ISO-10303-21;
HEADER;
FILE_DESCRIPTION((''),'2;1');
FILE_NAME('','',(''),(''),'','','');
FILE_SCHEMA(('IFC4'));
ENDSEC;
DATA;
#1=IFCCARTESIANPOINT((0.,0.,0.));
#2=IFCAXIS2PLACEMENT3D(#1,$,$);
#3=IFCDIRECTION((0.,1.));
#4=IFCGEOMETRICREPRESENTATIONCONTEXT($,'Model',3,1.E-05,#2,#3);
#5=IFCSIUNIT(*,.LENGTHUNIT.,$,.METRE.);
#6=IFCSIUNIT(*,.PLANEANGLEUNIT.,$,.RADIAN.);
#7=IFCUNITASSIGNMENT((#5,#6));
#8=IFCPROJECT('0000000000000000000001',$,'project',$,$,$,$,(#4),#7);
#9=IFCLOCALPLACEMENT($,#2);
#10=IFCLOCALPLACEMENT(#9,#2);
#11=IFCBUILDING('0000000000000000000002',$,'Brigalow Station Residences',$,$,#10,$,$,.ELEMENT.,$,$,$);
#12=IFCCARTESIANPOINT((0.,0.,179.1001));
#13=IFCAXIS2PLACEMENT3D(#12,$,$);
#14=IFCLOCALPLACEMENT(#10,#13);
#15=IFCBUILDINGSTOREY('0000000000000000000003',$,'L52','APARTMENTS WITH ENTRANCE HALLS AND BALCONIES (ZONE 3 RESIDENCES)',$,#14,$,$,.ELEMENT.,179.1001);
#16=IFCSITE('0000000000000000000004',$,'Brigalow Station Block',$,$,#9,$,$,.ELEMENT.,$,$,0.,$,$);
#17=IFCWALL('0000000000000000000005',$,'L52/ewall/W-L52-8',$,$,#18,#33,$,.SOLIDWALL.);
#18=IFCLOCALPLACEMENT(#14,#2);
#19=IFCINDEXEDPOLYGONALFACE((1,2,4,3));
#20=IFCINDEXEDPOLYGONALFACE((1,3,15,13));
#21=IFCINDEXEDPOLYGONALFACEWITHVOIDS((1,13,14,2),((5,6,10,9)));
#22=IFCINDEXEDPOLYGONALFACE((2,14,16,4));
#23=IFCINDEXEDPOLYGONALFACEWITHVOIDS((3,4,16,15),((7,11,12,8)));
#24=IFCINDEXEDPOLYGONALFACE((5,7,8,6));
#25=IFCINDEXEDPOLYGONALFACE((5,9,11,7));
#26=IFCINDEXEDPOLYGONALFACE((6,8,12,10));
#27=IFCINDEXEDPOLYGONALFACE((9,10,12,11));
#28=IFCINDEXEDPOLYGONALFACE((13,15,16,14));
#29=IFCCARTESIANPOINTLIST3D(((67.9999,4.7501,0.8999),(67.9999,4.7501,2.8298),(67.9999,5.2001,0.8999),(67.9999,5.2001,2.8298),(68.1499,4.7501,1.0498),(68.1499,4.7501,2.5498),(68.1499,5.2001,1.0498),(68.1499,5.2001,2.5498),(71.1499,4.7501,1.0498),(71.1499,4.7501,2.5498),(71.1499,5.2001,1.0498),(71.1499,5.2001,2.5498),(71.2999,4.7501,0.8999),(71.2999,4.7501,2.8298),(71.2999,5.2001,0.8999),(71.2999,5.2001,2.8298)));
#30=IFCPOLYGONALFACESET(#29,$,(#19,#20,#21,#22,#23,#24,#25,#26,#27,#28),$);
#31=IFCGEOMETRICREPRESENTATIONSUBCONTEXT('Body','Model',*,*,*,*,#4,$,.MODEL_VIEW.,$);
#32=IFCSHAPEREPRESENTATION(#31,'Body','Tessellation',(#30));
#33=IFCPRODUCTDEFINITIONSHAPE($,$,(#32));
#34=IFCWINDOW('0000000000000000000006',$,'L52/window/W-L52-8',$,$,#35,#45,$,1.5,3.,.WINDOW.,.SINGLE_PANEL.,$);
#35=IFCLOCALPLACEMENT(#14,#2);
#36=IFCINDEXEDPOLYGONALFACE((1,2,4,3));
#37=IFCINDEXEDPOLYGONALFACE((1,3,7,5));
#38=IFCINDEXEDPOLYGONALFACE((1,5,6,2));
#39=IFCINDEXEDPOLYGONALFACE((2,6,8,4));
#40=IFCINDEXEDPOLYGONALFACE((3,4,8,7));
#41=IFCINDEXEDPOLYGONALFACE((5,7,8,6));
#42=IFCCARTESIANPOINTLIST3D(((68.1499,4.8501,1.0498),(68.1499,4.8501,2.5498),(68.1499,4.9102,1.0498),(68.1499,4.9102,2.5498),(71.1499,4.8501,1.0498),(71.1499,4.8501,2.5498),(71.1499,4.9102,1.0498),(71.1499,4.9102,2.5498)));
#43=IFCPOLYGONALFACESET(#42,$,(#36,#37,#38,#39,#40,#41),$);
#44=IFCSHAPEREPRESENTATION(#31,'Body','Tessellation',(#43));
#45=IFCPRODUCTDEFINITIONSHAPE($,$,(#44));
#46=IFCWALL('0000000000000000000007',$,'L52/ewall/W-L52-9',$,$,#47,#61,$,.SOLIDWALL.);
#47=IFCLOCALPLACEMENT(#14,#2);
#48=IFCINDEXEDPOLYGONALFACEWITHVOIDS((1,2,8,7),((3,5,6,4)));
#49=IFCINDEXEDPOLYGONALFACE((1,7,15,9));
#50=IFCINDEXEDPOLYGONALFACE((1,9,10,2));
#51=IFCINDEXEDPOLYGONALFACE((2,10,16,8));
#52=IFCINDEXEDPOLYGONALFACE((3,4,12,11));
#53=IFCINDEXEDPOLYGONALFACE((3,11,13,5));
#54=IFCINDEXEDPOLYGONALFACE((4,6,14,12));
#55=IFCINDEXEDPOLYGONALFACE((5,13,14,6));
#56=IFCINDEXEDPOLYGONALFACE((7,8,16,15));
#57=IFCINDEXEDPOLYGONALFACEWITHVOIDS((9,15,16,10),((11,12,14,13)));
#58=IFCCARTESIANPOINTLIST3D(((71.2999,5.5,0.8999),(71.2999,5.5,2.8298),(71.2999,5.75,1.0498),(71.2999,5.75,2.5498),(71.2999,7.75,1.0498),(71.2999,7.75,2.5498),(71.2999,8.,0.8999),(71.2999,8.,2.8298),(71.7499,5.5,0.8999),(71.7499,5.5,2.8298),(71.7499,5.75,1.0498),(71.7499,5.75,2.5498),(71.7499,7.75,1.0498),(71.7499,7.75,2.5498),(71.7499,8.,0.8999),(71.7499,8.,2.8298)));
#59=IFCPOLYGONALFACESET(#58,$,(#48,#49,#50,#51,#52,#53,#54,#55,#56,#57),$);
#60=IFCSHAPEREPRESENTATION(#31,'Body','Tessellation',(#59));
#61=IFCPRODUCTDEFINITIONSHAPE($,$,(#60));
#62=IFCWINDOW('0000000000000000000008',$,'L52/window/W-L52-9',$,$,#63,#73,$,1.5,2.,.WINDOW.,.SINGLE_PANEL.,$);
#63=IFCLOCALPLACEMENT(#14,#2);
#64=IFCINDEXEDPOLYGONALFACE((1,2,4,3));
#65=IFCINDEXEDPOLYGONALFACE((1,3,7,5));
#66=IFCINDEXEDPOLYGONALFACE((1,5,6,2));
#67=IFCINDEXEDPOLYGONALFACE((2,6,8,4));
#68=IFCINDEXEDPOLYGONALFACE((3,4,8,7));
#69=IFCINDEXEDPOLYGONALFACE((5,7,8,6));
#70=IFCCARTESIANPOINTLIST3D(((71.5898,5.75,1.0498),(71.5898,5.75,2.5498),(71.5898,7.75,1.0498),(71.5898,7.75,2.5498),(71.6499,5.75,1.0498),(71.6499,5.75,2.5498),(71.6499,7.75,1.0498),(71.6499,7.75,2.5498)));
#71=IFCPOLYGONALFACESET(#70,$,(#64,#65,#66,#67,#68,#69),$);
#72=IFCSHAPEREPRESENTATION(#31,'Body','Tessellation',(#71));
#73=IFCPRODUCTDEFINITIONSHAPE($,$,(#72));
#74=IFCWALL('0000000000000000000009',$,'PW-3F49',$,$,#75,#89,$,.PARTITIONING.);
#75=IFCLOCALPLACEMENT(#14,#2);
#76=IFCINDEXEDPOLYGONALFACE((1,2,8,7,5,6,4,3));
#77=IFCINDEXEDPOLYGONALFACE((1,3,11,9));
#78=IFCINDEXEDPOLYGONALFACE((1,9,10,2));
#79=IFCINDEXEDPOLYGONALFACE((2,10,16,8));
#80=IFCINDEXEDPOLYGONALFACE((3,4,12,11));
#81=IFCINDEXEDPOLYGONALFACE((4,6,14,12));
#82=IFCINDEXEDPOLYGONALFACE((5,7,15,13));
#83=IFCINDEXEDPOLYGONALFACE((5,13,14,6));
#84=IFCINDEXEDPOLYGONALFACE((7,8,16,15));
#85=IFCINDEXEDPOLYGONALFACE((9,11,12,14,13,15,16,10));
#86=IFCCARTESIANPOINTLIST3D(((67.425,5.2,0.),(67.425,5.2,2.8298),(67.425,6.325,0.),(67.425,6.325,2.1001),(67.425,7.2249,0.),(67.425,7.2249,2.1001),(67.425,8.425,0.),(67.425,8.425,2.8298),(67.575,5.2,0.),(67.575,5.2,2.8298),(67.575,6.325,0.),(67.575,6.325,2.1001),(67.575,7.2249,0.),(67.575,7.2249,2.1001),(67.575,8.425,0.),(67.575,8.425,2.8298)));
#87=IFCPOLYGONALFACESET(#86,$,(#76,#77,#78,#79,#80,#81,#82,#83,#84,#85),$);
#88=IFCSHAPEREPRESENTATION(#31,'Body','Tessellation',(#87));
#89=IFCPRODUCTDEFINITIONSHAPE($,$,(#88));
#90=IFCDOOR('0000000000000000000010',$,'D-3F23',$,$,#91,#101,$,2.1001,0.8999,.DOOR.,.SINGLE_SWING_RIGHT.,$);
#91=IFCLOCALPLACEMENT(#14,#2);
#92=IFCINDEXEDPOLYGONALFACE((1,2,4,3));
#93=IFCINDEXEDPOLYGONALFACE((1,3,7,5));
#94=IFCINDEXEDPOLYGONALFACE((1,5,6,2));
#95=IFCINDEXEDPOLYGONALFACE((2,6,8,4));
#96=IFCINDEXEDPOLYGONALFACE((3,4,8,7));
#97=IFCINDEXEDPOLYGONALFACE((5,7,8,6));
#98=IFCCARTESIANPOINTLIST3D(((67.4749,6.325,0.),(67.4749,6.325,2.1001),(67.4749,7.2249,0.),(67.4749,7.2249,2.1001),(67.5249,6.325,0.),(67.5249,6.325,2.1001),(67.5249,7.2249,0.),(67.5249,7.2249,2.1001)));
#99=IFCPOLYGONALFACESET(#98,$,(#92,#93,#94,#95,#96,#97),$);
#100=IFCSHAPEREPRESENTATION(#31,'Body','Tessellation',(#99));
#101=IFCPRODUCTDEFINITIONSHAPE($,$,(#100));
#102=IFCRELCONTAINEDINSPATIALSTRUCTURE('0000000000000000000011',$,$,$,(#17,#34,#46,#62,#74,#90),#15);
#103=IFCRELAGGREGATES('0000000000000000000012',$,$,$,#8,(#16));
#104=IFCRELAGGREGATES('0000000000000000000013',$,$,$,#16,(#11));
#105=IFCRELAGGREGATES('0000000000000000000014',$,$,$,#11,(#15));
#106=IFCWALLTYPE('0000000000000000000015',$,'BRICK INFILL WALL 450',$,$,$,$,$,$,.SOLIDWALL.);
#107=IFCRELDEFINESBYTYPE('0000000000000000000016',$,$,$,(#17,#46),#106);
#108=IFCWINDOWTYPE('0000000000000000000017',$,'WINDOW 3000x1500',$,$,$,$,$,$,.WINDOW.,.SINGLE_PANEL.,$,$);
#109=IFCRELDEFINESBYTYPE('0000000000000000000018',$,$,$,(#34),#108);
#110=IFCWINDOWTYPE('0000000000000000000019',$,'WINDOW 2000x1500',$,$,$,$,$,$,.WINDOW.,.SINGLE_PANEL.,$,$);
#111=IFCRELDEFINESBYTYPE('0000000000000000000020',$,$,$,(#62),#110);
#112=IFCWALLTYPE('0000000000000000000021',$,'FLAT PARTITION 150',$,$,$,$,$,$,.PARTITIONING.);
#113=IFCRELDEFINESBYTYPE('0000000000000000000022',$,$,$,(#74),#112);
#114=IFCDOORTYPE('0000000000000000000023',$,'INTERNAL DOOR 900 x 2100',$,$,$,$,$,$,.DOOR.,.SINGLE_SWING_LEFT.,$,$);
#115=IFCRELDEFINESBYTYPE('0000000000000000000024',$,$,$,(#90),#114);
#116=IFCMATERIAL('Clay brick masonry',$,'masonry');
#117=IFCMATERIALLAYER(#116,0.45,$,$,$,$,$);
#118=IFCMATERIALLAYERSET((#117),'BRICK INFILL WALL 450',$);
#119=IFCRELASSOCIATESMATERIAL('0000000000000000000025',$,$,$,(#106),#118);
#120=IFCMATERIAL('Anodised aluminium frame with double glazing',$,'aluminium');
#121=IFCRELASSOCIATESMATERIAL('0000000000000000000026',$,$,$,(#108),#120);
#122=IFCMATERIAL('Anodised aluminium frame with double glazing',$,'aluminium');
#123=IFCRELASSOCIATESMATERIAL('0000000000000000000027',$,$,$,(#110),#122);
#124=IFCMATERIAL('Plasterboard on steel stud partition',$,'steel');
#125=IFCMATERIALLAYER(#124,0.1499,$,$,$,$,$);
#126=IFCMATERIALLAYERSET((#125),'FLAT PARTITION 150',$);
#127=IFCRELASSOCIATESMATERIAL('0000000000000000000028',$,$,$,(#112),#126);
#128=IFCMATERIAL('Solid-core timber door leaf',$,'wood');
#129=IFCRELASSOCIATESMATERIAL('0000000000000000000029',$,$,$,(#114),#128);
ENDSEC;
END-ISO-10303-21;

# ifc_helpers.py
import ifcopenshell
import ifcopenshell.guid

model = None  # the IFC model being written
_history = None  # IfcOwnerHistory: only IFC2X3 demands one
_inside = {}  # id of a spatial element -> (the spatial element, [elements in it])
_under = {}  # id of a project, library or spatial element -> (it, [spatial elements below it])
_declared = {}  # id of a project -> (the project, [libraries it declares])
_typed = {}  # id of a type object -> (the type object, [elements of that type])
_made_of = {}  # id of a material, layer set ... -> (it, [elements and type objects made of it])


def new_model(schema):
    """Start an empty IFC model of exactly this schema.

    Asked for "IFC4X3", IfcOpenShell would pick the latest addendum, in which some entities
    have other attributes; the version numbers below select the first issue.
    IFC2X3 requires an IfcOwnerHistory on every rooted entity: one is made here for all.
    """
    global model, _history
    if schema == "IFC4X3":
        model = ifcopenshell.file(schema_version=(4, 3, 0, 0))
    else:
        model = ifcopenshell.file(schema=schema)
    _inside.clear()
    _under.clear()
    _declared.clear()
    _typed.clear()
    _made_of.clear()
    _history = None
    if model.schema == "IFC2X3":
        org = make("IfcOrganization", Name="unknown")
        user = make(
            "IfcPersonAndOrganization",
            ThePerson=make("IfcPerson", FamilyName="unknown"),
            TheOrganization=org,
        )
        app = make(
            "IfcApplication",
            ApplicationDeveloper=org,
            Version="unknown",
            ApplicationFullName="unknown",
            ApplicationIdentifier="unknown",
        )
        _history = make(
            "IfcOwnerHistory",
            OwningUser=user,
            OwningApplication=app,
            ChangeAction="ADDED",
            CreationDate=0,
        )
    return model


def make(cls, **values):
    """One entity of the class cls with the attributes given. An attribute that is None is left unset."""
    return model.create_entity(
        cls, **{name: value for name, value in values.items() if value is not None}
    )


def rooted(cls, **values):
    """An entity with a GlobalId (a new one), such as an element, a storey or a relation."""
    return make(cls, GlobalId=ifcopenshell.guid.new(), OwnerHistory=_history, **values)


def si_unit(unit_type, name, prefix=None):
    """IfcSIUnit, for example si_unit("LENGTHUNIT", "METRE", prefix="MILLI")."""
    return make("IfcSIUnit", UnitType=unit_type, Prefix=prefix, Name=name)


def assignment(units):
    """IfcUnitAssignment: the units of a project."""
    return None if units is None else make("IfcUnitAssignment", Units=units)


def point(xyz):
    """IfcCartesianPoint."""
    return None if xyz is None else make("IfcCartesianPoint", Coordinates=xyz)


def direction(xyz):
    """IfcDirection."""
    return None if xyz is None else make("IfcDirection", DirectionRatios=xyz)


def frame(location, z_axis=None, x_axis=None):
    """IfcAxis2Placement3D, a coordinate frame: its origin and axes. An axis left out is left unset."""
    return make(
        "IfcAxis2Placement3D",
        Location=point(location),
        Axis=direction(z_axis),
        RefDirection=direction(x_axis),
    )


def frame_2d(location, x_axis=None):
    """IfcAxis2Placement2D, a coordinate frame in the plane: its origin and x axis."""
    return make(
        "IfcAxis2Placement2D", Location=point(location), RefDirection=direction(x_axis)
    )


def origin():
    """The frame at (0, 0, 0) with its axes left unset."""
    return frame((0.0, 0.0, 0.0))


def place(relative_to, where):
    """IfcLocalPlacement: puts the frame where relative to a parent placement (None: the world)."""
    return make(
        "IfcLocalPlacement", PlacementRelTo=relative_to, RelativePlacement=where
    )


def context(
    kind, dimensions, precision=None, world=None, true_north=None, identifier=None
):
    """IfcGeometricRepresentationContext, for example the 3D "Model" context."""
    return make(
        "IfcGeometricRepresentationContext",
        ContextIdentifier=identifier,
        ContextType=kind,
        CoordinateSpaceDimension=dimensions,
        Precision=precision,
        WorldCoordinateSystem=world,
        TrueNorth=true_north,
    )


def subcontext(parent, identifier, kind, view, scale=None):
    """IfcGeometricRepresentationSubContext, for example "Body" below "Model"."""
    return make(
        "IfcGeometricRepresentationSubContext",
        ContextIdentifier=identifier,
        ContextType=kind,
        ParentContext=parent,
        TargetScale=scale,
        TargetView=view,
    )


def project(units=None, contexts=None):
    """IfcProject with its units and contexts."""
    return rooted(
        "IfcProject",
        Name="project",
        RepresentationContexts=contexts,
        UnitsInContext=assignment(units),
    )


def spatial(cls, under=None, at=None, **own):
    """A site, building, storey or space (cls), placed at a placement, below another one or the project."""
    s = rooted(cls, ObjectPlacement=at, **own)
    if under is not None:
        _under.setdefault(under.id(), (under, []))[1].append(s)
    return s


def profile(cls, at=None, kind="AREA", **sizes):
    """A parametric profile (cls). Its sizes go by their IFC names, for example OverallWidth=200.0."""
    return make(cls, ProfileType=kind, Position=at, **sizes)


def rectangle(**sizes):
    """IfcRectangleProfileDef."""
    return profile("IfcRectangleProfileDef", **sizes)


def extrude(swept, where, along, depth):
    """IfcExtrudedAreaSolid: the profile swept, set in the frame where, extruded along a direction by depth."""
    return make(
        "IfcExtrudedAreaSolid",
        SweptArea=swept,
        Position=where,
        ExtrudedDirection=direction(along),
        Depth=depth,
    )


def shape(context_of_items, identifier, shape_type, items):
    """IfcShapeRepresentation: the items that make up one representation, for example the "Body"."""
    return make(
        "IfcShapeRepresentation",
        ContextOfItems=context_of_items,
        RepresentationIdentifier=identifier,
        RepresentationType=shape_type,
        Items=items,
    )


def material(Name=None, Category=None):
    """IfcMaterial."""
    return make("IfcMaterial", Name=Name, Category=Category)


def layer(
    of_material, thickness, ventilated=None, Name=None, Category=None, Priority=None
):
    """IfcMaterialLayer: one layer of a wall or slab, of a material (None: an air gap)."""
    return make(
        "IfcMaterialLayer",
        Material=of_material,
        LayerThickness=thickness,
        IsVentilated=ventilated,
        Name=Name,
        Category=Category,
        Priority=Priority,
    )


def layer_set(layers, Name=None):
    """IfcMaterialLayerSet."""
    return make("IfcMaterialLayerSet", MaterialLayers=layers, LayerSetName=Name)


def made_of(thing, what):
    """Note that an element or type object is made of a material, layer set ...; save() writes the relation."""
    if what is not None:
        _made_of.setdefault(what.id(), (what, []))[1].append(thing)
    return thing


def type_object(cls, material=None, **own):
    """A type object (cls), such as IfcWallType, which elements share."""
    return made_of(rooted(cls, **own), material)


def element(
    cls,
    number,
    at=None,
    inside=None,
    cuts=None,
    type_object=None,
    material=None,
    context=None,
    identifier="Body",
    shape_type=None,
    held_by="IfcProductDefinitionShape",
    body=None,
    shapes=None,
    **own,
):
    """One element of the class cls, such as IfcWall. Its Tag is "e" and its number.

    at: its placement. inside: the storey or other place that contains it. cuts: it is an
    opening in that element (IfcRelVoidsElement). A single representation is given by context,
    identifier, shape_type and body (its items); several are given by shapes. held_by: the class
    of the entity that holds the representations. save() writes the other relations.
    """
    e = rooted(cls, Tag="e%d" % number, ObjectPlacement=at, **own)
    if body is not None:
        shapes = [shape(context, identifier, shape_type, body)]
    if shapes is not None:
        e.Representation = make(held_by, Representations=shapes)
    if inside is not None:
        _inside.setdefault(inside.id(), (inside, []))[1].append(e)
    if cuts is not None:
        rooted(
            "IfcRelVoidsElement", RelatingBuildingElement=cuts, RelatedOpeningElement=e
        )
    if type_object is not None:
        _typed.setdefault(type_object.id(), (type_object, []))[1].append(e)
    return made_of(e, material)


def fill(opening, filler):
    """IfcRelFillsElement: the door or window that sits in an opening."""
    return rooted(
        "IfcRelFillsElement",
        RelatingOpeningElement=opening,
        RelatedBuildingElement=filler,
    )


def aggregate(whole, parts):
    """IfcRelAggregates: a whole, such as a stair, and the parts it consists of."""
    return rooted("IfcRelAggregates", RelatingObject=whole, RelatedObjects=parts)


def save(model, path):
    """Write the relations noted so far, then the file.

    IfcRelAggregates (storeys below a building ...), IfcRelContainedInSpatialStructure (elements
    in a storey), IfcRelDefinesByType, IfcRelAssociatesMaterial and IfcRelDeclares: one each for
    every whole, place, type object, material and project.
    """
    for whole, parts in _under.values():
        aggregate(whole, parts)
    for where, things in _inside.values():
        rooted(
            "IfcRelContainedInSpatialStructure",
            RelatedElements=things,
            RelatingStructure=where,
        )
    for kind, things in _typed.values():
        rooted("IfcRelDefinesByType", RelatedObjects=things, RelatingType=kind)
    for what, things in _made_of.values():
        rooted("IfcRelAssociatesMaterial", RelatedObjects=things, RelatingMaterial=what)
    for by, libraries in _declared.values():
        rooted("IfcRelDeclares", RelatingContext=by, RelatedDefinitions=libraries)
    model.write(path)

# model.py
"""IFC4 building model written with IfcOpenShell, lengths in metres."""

from ifc_helpers import new_model, si_unit, direction, frame, frame_2d, origin, place, context, subcontext, project, spatial, rectangle, extrude, material, layer, layer_set, type_object, element, fill, save


model = new_model("IFC4")

# Units and contexts
model_context = context("Model", 3, precision=1e-05, world=origin(), true_north=direction((0.0, 1.0)))
body_context = subcontext(model_context, "Body", "Model", "MODEL_VIEW")
ifc_project = project(units=[si_unit("LENGTHUNIT", "METRE"), si_unit("PLANEANGLEUNIT", "RADIAN")], contexts=[model_context])

# Site, building, storey
site_placement = place(None, origin())
site = spatial("IfcSite", under=ifc_project, at=site_placement, Name="Brigalow Station Block", CompositionType="ELEMENT", RefElevation=0.0)
building_placement = place(site_placement, origin())
building = spatial("IfcBuilding", under=site, at=building_placement, Name="Brigalow Station Residences", CompositionType="ELEMENT")
storey_placement = place(building_placement, frame((0.0, 0.0, 179.1001)))
storey = spatial("IfcBuildingStorey", under=building, at=storey_placement, Name="L52", Description="APARTMENTS WITH ENTRANCE HALLS AND BALCONIES (ZONE 3 RESIDENCES)", CompositionType="ELEMENT", Elevation=179.1001)

# Walls, openings, windows
ifc_material_1 = material(Name="Clay brick masonry", Category="masonry")
ifc_layer_1 = layer(ifc_material_1, 0.45)
ifc_layer_set_1 = layer_set([ifc_layer_1], Name="BRICK INFILL WALL 450")
wall_type_1 = type_object("IfcWallType", Name="BRICK INFILL WALL 450", PredefinedType="SOLIDWALL", material=ifc_layer_set_1)
wall_1_placement = place(storey_placement, frame((68.0, 4.9751, 0.8999), z_axis=(0.0, 0.0, 1.0), x_axis=(1.0, 0.0, 0.0)))
wall_1 = element("IfcWall", 1, at=wall_1_placement, inside=storey, type_object=wall_type_1, Name="L52/ewall/W-L52-8", PredefinedType="SOLIDWALL", context=body_context, shape_type="SweptSolid", body=[
    extrude(rectangle(XDim=3.3, YDim=0.45, at=frame_2d((1.6499, 0.0))), origin(), (0.0, 0.0, 1.0), 1.9299),
])
opening_1_placement = place(wall_1_placement, frame((0.1499, 0.0, 0.1499)))
opening_1 = element("IfcOpeningElement", 2, at=opening_1_placement, cuts=wall_1, PredefinedType="OPENING", context=body_context, shape_type="SweptSolid", body=[
    extrude(rectangle(XDim=3.0, YDim=1.5, at=frame_2d((1.5, 0.75))), frame((0.0, 0.2349, 0.0), z_axis=(0.0, -1.0, 0.0), x_axis=(1.0, 0.0, 0.0)), (0.0, 0.0, 1.0), 0.47),
])
ifc_material_2 = material(Name="Anodised aluminium frame with double glazing", Category="aluminium")
window_type_1 = type_object("IfcWindowType", Name="WINDOW 3000x1500", PartitioningType="SINGLE_PANEL", PredefinedType="WINDOW", material=ifc_material_2)
window_1_placement = place(opening_1_placement, origin())
window_1 = element("IfcWindow", 3, at=window_1_placement, inside=storey, type_object=window_type_1, Name="L52/window/W-L52-8", OverallHeight=1.5, OverallWidth=3.0, PartitioningType="SINGLE_PANEL", PredefinedType="WINDOW", context=body_context, shape_type="SweptSolid", body=[
    extrude(rectangle(XDim=3.0, YDim=1.5, at=frame_2d((1.5, 0.75))), frame((0.0, -0.0649, 0.0), z_axis=(0.0, -1.0, 0.0), x_axis=(1.0, 0.0, 0.0)), (0.0, 0.0, 1.0), 0.0601),
])
fill(opening_1, window_1)
wall_2_placement = place(storey_placement, frame((71.5249, 5.5, 0.8999), z_axis=(0.0, 0.0, 1.0), x_axis=(0.0, 1.0, 0.0)))
wall_2 = element("IfcWall", 4, at=wall_2_placement, inside=storey, type_object=wall_type_1, Name="L52/ewall/W-L52-9", PredefinedType="SOLIDWALL", context=body_context, shape_type="SweptSolid", body=[
    extrude(rectangle(XDim=2.5, YDim=0.45, at=frame_2d((1.25, 0.0))), origin(), (0.0, 0.0, 1.0), 1.9299),
])
opening_2_placement = place(wall_2_placement, frame((0.25, 0.0, 0.1499)))
opening_2 = element("IfcOpeningElement", 5, at=opening_2_placement, cuts=wall_2, PredefinedType="OPENING", context=body_context, shape_type="SweptSolid", body=[
    extrude(rectangle(XDim=2.0, YDim=1.5, at=frame_2d((1.0, 0.75))), frame((0.0, 0.2349, 0.0), z_axis=(0.0, -1.0, 0.0), x_axis=(1.0, 0.0, 0.0)), (0.0, 0.0, 1.0), 0.47),
])
ifc_material_3 = material(Name="Anodised aluminium frame with double glazing", Category="aluminium")
window_type_2 = type_object("IfcWindowType", Name="WINDOW 2000x1500", PartitioningType="SINGLE_PANEL", PredefinedType="WINDOW", material=ifc_material_3)
window_2_placement = place(opening_2_placement, origin())
window_2 = element("IfcWindow", 6, at=window_2_placement, inside=storey, type_object=window_type_2, Name="L52/window/W-L52-9", OverallHeight=1.5, OverallWidth=2.0, PartitioningType="SINGLE_PANEL", PredefinedType="WINDOW", context=body_context, shape_type="SweptSolid", body=[
    extrude(rectangle(XDim=2.0, YDim=1.5, at=frame_2d((1.0, 0.75))), frame((0.0, -0.0649, 0.0), z_axis=(0.0, -1.0, 0.0), x_axis=(1.0, 0.0, 0.0)), (0.0, 0.0, 1.0), 0.0601),
])
fill(opening_2, window_2)

# Wall, opening, door
ifc_material_4 = material(Name="Plasterboard on steel stud partition", Category="steel")
ifc_layer_2 = layer(ifc_material_4, 0.1499)
ifc_layer_set_2 = layer_set([ifc_layer_2], Name="FLAT PARTITION 150")
wall_type_2 = type_object("IfcWallType", Name="FLAT PARTITION 150", PredefinedType="PARTITIONING", material=ifc_layer_set_2)
wall_3_placement = place(storey_placement, frame((67.5, 5.2, 0.0), z_axis=(0.0, 0.0, 1.0), x_axis=(0.0, 1.0, 0.0)))
wall_3 = element("IfcWall", 7, at=wall_3_placement, inside=storey, type_object=wall_type_2, Name="PW-3F49", PredefinedType="PARTITIONING", context=body_context, shape_type="SweptSolid", body=[
    extrude(rectangle(XDim=3.2251, YDim=0.1499, at=frame_2d((1.6125, 0.0))), origin(), (0.0, 0.0, 1.0), 2.8298),
])
opening_3_placement = place(wall_3_placement, frame((1.125, 0.0, 0.0)))
opening_3 = element("IfcOpeningElement", 8, at=opening_3_placement, cuts=wall_3, PredefinedType="OPENING", context=body_context, shape_type="SweptSolid", body=[
    extrude(rectangle(XDim=0.8999, YDim=2.1001, at=frame_2d((0.45, 1.05))), frame((0.0, 0.085, 0.0), z_axis=(0.0, -1.0, 0.0), x_axis=(1.0, 0.0, 0.0)), (0.0, 0.0, 1.0), 0.1699),
])
ifc_material_5 = material(Name="Solid-core timber door leaf", Category="wood")
door_type = type_object("IfcDoorType", Name="INTERNAL DOOR 900 x 2100", OperationType="SINGLE_SWING_LEFT", PredefinedType="DOOR", material=ifc_material_5)
door_placement = place(opening_3_placement, frame((0.8999, 0.0, 0.0), z_axis=(0.0, 0.0, 1.0), x_axis=(-1.0, 0.0, 0.0)))
door = element("IfcDoor", 9, at=door_placement, inside=storey, type_object=door_type, Name="D-3F23", OperationType="SINGLE_SWING_RIGHT", OverallHeight=2.1001, OverallWidth=0.8999, PredefinedType="DOOR", context=body_context, shape_type="SweptSolid", body=[
    extrude(rectangle(XDim=0.8999, YDim=2.1001, at=frame_2d((0.45, 1.05))), frame((0.0, 0.0249, 0.0), z_axis=(0.0, -1.0, 0.0), x_axis=(1.0, 0.0, 0.0)), (0.0, 0.0, 1.0), 0.05),
])
fill(opening_3, door)

save(model, "model.ifc")
